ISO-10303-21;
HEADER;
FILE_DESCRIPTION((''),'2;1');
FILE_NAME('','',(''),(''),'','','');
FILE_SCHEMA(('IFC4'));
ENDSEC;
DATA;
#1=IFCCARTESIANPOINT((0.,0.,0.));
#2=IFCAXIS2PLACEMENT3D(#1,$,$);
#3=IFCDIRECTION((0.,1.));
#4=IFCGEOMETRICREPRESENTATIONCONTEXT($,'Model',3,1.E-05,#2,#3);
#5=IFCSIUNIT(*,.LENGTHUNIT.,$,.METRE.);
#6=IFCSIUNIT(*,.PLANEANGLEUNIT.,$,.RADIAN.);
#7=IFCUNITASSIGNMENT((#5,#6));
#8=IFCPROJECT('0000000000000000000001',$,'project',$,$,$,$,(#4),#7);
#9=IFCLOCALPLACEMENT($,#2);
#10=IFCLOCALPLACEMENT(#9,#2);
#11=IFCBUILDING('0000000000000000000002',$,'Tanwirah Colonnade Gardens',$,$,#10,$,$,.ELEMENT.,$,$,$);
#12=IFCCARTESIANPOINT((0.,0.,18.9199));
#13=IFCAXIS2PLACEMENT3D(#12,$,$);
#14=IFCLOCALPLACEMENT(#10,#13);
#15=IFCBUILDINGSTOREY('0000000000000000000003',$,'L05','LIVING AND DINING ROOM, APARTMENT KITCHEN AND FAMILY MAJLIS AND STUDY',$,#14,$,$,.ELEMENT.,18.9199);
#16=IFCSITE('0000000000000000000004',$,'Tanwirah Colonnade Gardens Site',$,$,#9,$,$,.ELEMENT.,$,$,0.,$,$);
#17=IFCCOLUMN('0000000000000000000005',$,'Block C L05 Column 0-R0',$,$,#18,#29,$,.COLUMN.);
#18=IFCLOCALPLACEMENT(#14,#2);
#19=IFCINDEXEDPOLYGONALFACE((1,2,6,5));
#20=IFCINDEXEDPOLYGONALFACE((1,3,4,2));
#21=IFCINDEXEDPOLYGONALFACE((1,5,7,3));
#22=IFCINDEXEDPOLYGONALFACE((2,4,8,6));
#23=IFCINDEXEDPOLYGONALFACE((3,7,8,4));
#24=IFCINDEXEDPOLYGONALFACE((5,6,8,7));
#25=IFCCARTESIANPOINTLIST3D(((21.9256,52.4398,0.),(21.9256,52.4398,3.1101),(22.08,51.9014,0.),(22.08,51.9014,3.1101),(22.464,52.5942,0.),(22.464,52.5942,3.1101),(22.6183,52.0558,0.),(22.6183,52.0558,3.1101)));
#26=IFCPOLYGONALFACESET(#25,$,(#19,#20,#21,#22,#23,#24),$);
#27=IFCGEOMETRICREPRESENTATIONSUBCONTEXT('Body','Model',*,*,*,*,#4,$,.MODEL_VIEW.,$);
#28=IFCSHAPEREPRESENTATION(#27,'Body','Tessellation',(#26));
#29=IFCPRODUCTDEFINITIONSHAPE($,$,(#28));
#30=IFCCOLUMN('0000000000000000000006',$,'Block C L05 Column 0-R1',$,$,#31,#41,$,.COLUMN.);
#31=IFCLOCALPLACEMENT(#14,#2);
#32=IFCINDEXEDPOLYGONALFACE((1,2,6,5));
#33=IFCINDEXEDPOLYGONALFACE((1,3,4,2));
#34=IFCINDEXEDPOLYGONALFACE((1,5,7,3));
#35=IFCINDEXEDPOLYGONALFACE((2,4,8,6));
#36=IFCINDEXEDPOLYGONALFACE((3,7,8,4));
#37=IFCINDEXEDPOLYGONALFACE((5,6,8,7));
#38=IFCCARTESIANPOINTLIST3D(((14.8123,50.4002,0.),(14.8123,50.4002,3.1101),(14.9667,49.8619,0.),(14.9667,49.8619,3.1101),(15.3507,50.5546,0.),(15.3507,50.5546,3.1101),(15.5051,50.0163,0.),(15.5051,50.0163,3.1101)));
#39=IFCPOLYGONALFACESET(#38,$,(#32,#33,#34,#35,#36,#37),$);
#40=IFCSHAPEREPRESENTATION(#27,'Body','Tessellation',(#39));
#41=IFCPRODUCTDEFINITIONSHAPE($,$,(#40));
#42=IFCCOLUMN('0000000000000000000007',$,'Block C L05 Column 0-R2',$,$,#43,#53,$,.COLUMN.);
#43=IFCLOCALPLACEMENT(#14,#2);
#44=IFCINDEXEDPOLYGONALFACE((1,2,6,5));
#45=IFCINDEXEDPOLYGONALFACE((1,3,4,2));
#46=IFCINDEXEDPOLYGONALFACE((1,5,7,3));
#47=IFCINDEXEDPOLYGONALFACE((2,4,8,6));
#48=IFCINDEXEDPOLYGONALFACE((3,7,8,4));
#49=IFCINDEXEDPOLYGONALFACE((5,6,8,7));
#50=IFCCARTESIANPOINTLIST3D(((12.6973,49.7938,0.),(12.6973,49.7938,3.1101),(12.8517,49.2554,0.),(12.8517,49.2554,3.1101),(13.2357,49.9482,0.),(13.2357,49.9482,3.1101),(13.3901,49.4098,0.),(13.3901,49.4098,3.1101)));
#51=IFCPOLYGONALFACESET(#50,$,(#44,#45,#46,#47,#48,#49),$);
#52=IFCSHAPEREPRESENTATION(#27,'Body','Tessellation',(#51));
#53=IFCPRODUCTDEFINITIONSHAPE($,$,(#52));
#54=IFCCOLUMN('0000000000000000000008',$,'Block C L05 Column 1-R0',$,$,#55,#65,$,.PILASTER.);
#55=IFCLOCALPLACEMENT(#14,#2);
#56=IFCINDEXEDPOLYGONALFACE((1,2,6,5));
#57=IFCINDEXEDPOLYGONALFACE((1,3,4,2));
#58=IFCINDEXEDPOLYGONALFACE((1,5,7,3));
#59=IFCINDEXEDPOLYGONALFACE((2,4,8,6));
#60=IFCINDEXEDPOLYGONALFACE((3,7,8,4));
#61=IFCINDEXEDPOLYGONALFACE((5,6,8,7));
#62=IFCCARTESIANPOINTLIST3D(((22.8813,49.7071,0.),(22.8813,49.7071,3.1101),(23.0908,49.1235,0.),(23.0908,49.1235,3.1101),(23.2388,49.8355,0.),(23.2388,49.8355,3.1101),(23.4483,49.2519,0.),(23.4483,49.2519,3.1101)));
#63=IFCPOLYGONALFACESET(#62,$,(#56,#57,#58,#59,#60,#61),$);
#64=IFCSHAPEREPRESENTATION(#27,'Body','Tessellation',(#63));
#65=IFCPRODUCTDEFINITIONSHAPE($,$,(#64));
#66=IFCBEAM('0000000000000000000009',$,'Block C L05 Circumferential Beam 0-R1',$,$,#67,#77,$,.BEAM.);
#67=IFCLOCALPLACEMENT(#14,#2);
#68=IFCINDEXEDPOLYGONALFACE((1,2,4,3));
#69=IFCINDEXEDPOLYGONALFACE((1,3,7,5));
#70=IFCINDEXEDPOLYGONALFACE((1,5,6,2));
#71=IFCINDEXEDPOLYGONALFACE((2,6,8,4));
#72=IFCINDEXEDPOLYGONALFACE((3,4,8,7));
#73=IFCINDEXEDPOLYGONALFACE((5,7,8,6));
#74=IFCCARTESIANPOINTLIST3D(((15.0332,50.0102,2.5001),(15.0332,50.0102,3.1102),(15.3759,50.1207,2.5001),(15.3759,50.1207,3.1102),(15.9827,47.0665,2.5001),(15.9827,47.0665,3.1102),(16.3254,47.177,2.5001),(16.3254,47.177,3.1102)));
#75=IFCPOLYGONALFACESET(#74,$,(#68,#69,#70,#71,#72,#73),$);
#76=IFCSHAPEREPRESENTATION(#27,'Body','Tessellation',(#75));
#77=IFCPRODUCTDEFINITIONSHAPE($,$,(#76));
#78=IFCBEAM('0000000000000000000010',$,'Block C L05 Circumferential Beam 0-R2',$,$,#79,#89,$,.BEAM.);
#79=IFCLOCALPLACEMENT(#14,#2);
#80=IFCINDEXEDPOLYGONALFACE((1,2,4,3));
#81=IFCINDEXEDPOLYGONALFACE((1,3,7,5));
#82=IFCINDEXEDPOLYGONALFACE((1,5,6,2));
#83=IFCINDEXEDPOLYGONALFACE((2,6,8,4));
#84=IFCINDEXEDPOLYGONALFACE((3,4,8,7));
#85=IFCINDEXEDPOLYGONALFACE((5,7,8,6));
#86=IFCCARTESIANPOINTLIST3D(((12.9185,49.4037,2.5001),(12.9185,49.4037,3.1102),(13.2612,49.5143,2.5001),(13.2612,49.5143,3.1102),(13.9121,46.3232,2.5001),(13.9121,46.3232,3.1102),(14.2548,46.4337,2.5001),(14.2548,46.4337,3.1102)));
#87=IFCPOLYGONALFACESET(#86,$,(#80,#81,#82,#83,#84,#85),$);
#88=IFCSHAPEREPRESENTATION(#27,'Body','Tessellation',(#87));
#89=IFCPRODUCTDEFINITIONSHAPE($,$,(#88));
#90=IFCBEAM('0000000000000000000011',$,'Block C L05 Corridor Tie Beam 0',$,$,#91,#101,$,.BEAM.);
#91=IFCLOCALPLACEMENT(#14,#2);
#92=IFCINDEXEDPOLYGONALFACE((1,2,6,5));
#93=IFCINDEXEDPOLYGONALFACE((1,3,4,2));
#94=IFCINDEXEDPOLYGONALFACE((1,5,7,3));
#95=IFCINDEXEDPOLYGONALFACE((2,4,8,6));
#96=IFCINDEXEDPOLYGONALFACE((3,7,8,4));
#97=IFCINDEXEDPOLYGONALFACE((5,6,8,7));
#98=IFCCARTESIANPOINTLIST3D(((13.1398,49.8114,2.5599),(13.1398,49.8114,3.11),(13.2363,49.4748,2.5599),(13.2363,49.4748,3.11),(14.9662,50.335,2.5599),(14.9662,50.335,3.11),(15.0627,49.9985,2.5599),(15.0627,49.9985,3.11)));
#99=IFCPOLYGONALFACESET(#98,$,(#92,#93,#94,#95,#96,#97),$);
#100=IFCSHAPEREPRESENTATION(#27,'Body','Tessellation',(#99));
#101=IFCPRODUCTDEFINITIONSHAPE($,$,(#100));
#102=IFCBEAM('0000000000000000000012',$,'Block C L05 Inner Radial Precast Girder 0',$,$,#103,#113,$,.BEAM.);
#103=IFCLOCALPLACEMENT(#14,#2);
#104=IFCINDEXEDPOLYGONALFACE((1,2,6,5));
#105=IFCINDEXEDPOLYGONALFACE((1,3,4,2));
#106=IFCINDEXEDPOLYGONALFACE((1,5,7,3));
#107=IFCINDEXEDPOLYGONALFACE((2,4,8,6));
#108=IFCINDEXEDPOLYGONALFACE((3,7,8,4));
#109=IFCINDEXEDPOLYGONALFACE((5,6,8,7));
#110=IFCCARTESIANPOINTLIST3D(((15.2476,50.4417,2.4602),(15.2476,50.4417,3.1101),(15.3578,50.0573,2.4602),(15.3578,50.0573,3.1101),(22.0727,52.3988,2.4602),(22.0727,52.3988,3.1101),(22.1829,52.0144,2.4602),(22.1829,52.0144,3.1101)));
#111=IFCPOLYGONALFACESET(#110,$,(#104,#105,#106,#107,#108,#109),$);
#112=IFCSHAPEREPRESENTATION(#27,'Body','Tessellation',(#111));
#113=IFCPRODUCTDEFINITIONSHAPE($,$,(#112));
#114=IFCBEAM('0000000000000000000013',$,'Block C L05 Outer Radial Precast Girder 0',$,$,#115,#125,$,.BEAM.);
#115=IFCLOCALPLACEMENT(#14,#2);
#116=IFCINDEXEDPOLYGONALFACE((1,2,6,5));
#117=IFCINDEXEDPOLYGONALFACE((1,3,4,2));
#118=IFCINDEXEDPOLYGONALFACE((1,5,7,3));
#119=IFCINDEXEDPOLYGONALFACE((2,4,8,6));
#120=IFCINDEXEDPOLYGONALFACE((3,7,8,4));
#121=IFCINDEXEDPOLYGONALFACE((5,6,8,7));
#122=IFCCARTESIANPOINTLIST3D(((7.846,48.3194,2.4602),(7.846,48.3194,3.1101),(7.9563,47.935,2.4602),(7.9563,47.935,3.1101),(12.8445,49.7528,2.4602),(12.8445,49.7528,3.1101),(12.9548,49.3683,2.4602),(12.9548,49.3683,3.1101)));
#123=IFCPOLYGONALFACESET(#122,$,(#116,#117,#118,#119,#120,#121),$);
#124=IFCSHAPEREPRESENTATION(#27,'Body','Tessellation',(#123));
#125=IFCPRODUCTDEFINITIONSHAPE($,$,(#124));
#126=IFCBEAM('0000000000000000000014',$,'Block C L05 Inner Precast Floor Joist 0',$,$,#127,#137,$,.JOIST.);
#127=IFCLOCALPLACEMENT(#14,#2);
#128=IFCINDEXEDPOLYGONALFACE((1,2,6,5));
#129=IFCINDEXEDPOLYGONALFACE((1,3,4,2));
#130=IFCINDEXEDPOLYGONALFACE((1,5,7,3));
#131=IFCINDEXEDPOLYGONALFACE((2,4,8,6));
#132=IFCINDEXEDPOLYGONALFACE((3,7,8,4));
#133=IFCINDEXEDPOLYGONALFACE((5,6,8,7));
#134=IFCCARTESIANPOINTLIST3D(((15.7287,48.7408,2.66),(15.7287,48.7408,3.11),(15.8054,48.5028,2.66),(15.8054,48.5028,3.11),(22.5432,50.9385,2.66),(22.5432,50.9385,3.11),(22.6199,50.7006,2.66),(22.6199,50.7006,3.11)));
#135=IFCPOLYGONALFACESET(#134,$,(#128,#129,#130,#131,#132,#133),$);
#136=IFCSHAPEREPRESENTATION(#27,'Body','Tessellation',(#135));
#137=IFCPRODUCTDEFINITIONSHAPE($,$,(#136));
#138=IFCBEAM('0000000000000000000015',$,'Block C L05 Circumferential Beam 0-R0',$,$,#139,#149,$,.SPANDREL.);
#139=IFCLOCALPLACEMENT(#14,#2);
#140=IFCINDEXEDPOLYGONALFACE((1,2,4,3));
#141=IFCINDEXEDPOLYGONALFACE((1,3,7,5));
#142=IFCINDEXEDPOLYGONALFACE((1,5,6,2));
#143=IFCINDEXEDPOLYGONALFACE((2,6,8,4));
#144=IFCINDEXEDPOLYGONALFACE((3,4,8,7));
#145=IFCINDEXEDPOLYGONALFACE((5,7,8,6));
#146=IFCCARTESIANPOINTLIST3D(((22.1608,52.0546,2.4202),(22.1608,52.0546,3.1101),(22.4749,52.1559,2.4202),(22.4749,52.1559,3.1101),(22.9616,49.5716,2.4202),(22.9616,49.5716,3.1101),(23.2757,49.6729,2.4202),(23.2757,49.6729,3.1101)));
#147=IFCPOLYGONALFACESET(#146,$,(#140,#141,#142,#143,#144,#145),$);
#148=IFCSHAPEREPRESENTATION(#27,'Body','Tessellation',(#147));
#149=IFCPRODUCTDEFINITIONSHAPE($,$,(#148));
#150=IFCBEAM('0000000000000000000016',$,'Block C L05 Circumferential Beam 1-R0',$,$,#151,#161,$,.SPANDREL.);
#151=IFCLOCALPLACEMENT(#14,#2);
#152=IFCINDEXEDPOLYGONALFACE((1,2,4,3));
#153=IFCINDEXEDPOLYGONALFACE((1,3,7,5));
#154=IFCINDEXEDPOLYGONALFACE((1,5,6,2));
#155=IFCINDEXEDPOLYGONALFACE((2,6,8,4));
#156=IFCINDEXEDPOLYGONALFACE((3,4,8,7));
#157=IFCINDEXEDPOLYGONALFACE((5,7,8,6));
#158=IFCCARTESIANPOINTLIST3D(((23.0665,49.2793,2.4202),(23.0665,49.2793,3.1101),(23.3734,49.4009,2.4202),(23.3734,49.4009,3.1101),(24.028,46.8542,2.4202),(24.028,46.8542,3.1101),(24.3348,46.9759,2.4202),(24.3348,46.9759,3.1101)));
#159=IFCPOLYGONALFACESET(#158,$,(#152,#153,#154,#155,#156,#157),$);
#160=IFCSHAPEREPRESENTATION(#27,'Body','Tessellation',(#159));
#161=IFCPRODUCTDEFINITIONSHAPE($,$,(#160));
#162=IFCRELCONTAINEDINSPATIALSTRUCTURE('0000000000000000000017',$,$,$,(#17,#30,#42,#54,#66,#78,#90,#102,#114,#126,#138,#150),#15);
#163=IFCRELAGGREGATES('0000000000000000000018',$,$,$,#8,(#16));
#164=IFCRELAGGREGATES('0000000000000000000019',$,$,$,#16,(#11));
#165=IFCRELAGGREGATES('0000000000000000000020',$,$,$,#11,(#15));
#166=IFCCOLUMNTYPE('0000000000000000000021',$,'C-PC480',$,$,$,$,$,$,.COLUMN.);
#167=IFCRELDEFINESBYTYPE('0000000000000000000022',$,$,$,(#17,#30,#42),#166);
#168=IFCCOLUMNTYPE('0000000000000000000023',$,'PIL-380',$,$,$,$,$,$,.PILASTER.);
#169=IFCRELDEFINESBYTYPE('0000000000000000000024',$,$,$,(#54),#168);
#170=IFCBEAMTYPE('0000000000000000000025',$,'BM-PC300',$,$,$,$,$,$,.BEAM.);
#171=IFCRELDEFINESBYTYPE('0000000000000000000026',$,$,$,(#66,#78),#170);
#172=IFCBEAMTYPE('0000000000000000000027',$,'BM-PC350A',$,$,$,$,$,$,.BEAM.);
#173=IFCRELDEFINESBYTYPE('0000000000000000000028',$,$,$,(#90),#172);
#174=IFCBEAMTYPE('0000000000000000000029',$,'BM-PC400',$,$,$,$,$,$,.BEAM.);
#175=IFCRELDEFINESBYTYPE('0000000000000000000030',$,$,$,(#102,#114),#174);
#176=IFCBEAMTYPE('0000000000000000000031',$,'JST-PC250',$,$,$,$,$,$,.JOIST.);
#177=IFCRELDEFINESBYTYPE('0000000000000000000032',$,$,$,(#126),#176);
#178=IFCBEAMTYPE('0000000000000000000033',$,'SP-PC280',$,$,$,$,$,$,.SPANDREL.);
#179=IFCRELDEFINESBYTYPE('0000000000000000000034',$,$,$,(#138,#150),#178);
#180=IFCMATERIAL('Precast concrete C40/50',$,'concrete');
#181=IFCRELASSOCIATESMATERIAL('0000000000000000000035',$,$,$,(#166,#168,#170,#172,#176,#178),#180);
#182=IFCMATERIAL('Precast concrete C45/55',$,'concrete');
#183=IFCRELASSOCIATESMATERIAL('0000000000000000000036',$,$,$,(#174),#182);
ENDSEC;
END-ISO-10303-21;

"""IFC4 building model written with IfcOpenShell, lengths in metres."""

from ifc_helpers import new_model, si_unit, direction, frame, origin, origin_2d, place, context, subcontext, project, spatial, rectangle, extrude, material, material_profile, profile_set, type_object, element, save


model = new_model("IFC4")

# Units and contexts
model_context = context("Model", 3, precision=1e-05, world=origin(), true_north=direction((0.0, 1.0)))
body_context = subcontext(model_context, "Body", "Model", "MODEL_VIEW")
ifc_project = project(units=[si_unit("LENGTHUNIT", "METRE"), si_unit("PLANEANGLEUNIT", "RADIAN")], contexts=[model_context])

# Site, building, storey
site_placement = place(None, origin())
site = spatial("IfcSite", under=ifc_project, at=site_placement, Name="Tanwirah Colonnade Gardens Site", CompositionType="ELEMENT", RefElevation=0.0)
building_placement = place(site_placement, origin())
building = spatial("IfcBuilding", under=site, at=building_placement, Name="Tanwirah Colonnade Gardens", CompositionType="ELEMENT")
storey_placement = place(building_placement, frame((0.0, 0.0, 18.9199)))
storey = spatial("IfcBuildingStorey", under=building, at=storey_placement, Name="L05", Description="LIVING AND DINING ROOM, APARTMENT KITCHEN AND FAMILY MAJLIS AND STUDY", CompositionType="ELEMENT", Elevation=18.9199)

# Columns
ifc_material_1 = material(Name="Precast concrete C40/50", Category="concrete")
ifc_material_profile_1 = material_profile(ifc_material_1, rectangle(XDim=0.5601, YDim=0.5601, at=origin_2d()), Name="PC-COL 560x560")
ifc_profile_set_1 = profile_set([ifc_material_profile_1], Name="Precast concrete C40/50")
column_type_1 = type_object("IfcColumnType", Name="C-PC480", PredefinedType="COLUMN", material=ifc_profile_set_1)
for number, where, z_axis, x_axis, name in (
    (1, (22.272, 52.2478, 0.0), (0.0, 0.0, 1.0), (-0.961262, -0.275637, 0.0), "Block C L05 Column 0-R0"),
    (2, (15.1587, 50.2083, 0.0), (0.0, 0.0, 1.0), (-0.961262, -0.275637, 0.0), "Block C L05 Column 0-R1"),
    (3, (13.0437, 49.6018, 0.0), (0.0, 0.0, 1.0), (-0.961262, -0.275637, 0.0), "Block C L05 Column 0-R2"),
):
    element("IfcColumn", number, at=place(storey_placement, frame(where, z_axis=z_axis, x_axis=x_axis)), inside=storey, type_object=column_type_1, Name=name, PredefinedType="COLUMN", context=body_context, shape_type="SweptSolid", body=[
        extrude(rectangle(XDim=0.5601, YDim=0.5601, at=origin_2d()), origin(), (0.0, 0.0, 1.0), 3.1101),
    ])
ifc_material_profile_2 = material_profile(ifc_material_1, rectangle(XDim=0.3799, YDim=0.6201, at=origin_2d()), Name="PC-PIL 380x620")
ifc_profile_set_2 = profile_set([ifc_material_profile_2], Name="Precast concrete C40/50")
column_type_2 = type_object("IfcColumnType", Name="PIL-380", PredefinedType="PILASTER", material=ifc_profile_set_2)
column_placement = place(storey_placement, frame((23.1648, 49.4795, 0.0), z_axis=(0.0, 0.0, 1.0), x_axis=(-0.941176, -0.337917, 0.0)))
element("IfcColumn", 4, at=column_placement, inside=storey, type_object=column_type_2, Name="Block C L05 Column 1-R0", PredefinedType="PILASTER", context=body_context, shape_type="SweptSolid", body=[
    extrude(rectangle(XDim=0.3799, YDim=0.6201, at=origin_2d()), origin(), (0.0, 0.0, 1.0), 3.1101),
])

# Beams
ifc_material_profile_3 = material_profile(ifc_material_1, rectangle(XDim=0.3601, YDim=0.6101, at=origin_2d()), Name="PC-BM 360x610")
ifc_profile_set_3 = profile_set([ifc_material_profile_3], Name="Precast concrete C40/50")
beam_type_1 = type_object("IfcBeamType", Name="BM-PC300", PredefinedType="BEAM", material=ifc_profile_set_3)
beam_1_placement = place(storey_placement, frame((15.2046, 50.0654, 2.8052), z_axis=(0.306977, -0.951717, 0.0), x_axis=(0.951717, 0.306977, 0.0)))
element("IfcBeam", 5, at=beam_1_placement, inside=storey, type_object=beam_type_1, Name="Block C L05 Circumferential Beam 0-R1", PredefinedType="BEAM", context=body_context, shape_type="SweptSolid", body=[
    extrude(rectangle(XDim=0.3601, YDim=0.6101, at=origin_2d()), origin(), (0.0, 0.0, 1.0), 3.093),
])
beam_2_placement = place(storey_placement, frame((13.0898, 49.459, 2.8052), z_axis=(0.306981, -0.951716, 0.0), x_axis=(0.951716, 0.306981, 0.0)))
element("IfcBeam", 6, at=beam_2_placement, inside=storey, type_object=beam_type_1, Name="Block C L05 Circumferential Beam 0-R2", PredefinedType="BEAM", context=body_context, shape_type="SweptSolid", body=[
    extrude(rectangle(XDim=0.3601, YDim=0.6101, at=origin_2d()), origin(), (0.0, 0.0, 1.0), 3.2368),
])
ifc_material_profile_4 = material_profile(ifc_material_1, rectangle(XDim=0.3501, YDim=0.55, at=origin_2d()), Name="PC-BM 350x550")
ifc_profile_set_4 = profile_set([ifc_material_profile_4], Name="Precast concrete C40/50")
beam_type_2 = type_object("IfcBeamType", Name="BM-PC350A", PredefinedType="BEAM", material=ifc_profile_set_4)
beam_3_placement = place(storey_placement, frame((15.0144, 50.1667, 2.835), z_axis=(-0.961267, -0.27562, 0.0), x_axis=(0.27562, -0.961267, 0.0)))
element("IfcBeam", 7, at=beam_3_placement, inside=storey, type_object=beam_type_2, Name="Block C L05 Corridor Tie Beam 0", PredefinedType="BEAM", context=body_context, shape_type="SweptSolid", body=[
    extrude(rectangle(XDim=0.3501, YDim=0.55, at=origin_2d()), origin(), (0.0, 0.0, 1.0), 1.8999),
])
ifc_material_2 = material(Name="Precast concrete C45/55", Category="concrete")
ifc_material_profile_5 = material_profile(ifc_material_2, rectangle(XDim=0.3999, YDim=0.6499, at=origin_2d()), Name="PC-BM 400x650")
ifc_profile_set_5 = profile_set([ifc_material_profile_5], Name="Precast concrete C45/55")
beam_type_3 = type_object("IfcBeamType", Name="BM-PC400", PredefinedType="BEAM", material=ifc_profile_set_5)
beam_4_placement = place(storey_placement, frame((15.3027, 50.2495, 2.7852), z_axis=(0.961261, 0.275638, 0.0), x_axis=(-0.275638, 0.961261, 0.0)))
element("IfcBeam", 8, at=beam_4_placement, inside=storey, type_object=beam_type_3, Name="Block C L05 Inner Radial Precast Girder 0", PredefinedType="BEAM", context=body_context, shape_type="SweptSolid", body=[
    extrude(rectangle(XDim=0.3999, YDim=0.6499, at=origin_2d()), origin(), (0.0, 0.0, 1.0), 7.1001),
])
beam_5_placement = place(storey_placement, frame((12.8997, 49.5605, 2.7852), z_axis=(-0.96126, -0.275645, 0.0), x_axis=(0.275645, -0.96126, 0.0)))
element("IfcBeam", 9, at=beam_5_placement, inside=storey, type_object=beam_type_3, Name="Block C L05 Outer Radial Precast Girder 0", PredefinedType="BEAM", context=body_context, shape_type="SweptSolid", body=[
    extrude(rectangle(XDim=0.3999, YDim=0.6499, at=origin_2d()), origin(), (0.0, 0.0, 1.0), 5.2),
])
ifc_material_profile_6 = material_profile(ifc_material_1, rectangle(XDim=0.25, YDim=0.45, at=origin_2d()), Name="PC-JST 250x450")
ifc_profile_set_6 = profile_set([ifc_material_profile_6], Name="Precast concrete C40/50")
beam_type_4 = type_object("IfcBeamType", Name="JST-PC250", PredefinedType="JOIST", material=ifc_profile_set_6)
beam_6_placement = place(storey_placement, frame((22.5815, 50.8196, 2.885), z_axis=(-0.951727, -0.306945, 0.0), x_axis=(0.306945, -0.951727, 0.0)))
element("IfcBeam", 10, at=beam_6_placement, inside=storey, type_object=beam_type_4, Name="Block C L05 Inner Precast Floor Joist 0", PredefinedType="JOIST", context=body_context, shape_type="SweptSolid", body=[
    extrude(rectangle(XDim=0.25, YDim=0.45, at=origin_2d()), origin(), (0.0, 0.0, 1.0), 7.1602),
])
ifc_material_profile_7 = material_profile(ifc_material_1, rectangle(XDim=0.3301, YDim=0.6899, at=origin_2d()), Name="PC-SP 330x690")
ifc_profile_set_7 = profile_set([ifc_material_profile_7], Name="Precast concrete C40/50")
beam_type_5 = type_object("IfcBeamType", Name="SP-PC280", PredefinedType="SPANDREL", material=ifc_profile_set_7)
beam_7_placement = place(storey_placement, frame((22.3179, 52.1052, 2.7651), z_axis=(0.306948, -0.951726, 0.0), x_axis=(0.951726, 0.306948, 0.0)))
element("IfcBeam", 11, at=beam_7_placement, inside=storey, type_object=beam_type_5, Name="Block C L05 Circumferential Beam 0-R0", PredefinedType="SPANDREL", context=body_context, shape_type="SweptSolid", body=[
    extrude(rectangle(XDim=0.3301, YDim=0.6899, at=origin_2d()), origin(), (0.0, 0.0, 1.0), 2.6089),
])
beam_8_placement = place(storey_placement, frame((23.22, 49.3401, 2.7651), z_axis=(0.368549, -0.929608, 0.0), x_axis=(0.929608, 0.368549, 0.0)))
element("IfcBeam", 12, at=beam_8_placement, inside=storey, type_object=beam_type_5, Name="Block C L05 Circumferential Beam 1-R0", PredefinedType="SPANDREL", context=body_context, shape_type="SweptSolid", body=[
    extrude(rectangle(XDim=0.3301, YDim=0.6899, at=origin_2d()), origin(), (0.0, 0.0, 1.0), 2.6086),
])

save(model, "model.ifc")
